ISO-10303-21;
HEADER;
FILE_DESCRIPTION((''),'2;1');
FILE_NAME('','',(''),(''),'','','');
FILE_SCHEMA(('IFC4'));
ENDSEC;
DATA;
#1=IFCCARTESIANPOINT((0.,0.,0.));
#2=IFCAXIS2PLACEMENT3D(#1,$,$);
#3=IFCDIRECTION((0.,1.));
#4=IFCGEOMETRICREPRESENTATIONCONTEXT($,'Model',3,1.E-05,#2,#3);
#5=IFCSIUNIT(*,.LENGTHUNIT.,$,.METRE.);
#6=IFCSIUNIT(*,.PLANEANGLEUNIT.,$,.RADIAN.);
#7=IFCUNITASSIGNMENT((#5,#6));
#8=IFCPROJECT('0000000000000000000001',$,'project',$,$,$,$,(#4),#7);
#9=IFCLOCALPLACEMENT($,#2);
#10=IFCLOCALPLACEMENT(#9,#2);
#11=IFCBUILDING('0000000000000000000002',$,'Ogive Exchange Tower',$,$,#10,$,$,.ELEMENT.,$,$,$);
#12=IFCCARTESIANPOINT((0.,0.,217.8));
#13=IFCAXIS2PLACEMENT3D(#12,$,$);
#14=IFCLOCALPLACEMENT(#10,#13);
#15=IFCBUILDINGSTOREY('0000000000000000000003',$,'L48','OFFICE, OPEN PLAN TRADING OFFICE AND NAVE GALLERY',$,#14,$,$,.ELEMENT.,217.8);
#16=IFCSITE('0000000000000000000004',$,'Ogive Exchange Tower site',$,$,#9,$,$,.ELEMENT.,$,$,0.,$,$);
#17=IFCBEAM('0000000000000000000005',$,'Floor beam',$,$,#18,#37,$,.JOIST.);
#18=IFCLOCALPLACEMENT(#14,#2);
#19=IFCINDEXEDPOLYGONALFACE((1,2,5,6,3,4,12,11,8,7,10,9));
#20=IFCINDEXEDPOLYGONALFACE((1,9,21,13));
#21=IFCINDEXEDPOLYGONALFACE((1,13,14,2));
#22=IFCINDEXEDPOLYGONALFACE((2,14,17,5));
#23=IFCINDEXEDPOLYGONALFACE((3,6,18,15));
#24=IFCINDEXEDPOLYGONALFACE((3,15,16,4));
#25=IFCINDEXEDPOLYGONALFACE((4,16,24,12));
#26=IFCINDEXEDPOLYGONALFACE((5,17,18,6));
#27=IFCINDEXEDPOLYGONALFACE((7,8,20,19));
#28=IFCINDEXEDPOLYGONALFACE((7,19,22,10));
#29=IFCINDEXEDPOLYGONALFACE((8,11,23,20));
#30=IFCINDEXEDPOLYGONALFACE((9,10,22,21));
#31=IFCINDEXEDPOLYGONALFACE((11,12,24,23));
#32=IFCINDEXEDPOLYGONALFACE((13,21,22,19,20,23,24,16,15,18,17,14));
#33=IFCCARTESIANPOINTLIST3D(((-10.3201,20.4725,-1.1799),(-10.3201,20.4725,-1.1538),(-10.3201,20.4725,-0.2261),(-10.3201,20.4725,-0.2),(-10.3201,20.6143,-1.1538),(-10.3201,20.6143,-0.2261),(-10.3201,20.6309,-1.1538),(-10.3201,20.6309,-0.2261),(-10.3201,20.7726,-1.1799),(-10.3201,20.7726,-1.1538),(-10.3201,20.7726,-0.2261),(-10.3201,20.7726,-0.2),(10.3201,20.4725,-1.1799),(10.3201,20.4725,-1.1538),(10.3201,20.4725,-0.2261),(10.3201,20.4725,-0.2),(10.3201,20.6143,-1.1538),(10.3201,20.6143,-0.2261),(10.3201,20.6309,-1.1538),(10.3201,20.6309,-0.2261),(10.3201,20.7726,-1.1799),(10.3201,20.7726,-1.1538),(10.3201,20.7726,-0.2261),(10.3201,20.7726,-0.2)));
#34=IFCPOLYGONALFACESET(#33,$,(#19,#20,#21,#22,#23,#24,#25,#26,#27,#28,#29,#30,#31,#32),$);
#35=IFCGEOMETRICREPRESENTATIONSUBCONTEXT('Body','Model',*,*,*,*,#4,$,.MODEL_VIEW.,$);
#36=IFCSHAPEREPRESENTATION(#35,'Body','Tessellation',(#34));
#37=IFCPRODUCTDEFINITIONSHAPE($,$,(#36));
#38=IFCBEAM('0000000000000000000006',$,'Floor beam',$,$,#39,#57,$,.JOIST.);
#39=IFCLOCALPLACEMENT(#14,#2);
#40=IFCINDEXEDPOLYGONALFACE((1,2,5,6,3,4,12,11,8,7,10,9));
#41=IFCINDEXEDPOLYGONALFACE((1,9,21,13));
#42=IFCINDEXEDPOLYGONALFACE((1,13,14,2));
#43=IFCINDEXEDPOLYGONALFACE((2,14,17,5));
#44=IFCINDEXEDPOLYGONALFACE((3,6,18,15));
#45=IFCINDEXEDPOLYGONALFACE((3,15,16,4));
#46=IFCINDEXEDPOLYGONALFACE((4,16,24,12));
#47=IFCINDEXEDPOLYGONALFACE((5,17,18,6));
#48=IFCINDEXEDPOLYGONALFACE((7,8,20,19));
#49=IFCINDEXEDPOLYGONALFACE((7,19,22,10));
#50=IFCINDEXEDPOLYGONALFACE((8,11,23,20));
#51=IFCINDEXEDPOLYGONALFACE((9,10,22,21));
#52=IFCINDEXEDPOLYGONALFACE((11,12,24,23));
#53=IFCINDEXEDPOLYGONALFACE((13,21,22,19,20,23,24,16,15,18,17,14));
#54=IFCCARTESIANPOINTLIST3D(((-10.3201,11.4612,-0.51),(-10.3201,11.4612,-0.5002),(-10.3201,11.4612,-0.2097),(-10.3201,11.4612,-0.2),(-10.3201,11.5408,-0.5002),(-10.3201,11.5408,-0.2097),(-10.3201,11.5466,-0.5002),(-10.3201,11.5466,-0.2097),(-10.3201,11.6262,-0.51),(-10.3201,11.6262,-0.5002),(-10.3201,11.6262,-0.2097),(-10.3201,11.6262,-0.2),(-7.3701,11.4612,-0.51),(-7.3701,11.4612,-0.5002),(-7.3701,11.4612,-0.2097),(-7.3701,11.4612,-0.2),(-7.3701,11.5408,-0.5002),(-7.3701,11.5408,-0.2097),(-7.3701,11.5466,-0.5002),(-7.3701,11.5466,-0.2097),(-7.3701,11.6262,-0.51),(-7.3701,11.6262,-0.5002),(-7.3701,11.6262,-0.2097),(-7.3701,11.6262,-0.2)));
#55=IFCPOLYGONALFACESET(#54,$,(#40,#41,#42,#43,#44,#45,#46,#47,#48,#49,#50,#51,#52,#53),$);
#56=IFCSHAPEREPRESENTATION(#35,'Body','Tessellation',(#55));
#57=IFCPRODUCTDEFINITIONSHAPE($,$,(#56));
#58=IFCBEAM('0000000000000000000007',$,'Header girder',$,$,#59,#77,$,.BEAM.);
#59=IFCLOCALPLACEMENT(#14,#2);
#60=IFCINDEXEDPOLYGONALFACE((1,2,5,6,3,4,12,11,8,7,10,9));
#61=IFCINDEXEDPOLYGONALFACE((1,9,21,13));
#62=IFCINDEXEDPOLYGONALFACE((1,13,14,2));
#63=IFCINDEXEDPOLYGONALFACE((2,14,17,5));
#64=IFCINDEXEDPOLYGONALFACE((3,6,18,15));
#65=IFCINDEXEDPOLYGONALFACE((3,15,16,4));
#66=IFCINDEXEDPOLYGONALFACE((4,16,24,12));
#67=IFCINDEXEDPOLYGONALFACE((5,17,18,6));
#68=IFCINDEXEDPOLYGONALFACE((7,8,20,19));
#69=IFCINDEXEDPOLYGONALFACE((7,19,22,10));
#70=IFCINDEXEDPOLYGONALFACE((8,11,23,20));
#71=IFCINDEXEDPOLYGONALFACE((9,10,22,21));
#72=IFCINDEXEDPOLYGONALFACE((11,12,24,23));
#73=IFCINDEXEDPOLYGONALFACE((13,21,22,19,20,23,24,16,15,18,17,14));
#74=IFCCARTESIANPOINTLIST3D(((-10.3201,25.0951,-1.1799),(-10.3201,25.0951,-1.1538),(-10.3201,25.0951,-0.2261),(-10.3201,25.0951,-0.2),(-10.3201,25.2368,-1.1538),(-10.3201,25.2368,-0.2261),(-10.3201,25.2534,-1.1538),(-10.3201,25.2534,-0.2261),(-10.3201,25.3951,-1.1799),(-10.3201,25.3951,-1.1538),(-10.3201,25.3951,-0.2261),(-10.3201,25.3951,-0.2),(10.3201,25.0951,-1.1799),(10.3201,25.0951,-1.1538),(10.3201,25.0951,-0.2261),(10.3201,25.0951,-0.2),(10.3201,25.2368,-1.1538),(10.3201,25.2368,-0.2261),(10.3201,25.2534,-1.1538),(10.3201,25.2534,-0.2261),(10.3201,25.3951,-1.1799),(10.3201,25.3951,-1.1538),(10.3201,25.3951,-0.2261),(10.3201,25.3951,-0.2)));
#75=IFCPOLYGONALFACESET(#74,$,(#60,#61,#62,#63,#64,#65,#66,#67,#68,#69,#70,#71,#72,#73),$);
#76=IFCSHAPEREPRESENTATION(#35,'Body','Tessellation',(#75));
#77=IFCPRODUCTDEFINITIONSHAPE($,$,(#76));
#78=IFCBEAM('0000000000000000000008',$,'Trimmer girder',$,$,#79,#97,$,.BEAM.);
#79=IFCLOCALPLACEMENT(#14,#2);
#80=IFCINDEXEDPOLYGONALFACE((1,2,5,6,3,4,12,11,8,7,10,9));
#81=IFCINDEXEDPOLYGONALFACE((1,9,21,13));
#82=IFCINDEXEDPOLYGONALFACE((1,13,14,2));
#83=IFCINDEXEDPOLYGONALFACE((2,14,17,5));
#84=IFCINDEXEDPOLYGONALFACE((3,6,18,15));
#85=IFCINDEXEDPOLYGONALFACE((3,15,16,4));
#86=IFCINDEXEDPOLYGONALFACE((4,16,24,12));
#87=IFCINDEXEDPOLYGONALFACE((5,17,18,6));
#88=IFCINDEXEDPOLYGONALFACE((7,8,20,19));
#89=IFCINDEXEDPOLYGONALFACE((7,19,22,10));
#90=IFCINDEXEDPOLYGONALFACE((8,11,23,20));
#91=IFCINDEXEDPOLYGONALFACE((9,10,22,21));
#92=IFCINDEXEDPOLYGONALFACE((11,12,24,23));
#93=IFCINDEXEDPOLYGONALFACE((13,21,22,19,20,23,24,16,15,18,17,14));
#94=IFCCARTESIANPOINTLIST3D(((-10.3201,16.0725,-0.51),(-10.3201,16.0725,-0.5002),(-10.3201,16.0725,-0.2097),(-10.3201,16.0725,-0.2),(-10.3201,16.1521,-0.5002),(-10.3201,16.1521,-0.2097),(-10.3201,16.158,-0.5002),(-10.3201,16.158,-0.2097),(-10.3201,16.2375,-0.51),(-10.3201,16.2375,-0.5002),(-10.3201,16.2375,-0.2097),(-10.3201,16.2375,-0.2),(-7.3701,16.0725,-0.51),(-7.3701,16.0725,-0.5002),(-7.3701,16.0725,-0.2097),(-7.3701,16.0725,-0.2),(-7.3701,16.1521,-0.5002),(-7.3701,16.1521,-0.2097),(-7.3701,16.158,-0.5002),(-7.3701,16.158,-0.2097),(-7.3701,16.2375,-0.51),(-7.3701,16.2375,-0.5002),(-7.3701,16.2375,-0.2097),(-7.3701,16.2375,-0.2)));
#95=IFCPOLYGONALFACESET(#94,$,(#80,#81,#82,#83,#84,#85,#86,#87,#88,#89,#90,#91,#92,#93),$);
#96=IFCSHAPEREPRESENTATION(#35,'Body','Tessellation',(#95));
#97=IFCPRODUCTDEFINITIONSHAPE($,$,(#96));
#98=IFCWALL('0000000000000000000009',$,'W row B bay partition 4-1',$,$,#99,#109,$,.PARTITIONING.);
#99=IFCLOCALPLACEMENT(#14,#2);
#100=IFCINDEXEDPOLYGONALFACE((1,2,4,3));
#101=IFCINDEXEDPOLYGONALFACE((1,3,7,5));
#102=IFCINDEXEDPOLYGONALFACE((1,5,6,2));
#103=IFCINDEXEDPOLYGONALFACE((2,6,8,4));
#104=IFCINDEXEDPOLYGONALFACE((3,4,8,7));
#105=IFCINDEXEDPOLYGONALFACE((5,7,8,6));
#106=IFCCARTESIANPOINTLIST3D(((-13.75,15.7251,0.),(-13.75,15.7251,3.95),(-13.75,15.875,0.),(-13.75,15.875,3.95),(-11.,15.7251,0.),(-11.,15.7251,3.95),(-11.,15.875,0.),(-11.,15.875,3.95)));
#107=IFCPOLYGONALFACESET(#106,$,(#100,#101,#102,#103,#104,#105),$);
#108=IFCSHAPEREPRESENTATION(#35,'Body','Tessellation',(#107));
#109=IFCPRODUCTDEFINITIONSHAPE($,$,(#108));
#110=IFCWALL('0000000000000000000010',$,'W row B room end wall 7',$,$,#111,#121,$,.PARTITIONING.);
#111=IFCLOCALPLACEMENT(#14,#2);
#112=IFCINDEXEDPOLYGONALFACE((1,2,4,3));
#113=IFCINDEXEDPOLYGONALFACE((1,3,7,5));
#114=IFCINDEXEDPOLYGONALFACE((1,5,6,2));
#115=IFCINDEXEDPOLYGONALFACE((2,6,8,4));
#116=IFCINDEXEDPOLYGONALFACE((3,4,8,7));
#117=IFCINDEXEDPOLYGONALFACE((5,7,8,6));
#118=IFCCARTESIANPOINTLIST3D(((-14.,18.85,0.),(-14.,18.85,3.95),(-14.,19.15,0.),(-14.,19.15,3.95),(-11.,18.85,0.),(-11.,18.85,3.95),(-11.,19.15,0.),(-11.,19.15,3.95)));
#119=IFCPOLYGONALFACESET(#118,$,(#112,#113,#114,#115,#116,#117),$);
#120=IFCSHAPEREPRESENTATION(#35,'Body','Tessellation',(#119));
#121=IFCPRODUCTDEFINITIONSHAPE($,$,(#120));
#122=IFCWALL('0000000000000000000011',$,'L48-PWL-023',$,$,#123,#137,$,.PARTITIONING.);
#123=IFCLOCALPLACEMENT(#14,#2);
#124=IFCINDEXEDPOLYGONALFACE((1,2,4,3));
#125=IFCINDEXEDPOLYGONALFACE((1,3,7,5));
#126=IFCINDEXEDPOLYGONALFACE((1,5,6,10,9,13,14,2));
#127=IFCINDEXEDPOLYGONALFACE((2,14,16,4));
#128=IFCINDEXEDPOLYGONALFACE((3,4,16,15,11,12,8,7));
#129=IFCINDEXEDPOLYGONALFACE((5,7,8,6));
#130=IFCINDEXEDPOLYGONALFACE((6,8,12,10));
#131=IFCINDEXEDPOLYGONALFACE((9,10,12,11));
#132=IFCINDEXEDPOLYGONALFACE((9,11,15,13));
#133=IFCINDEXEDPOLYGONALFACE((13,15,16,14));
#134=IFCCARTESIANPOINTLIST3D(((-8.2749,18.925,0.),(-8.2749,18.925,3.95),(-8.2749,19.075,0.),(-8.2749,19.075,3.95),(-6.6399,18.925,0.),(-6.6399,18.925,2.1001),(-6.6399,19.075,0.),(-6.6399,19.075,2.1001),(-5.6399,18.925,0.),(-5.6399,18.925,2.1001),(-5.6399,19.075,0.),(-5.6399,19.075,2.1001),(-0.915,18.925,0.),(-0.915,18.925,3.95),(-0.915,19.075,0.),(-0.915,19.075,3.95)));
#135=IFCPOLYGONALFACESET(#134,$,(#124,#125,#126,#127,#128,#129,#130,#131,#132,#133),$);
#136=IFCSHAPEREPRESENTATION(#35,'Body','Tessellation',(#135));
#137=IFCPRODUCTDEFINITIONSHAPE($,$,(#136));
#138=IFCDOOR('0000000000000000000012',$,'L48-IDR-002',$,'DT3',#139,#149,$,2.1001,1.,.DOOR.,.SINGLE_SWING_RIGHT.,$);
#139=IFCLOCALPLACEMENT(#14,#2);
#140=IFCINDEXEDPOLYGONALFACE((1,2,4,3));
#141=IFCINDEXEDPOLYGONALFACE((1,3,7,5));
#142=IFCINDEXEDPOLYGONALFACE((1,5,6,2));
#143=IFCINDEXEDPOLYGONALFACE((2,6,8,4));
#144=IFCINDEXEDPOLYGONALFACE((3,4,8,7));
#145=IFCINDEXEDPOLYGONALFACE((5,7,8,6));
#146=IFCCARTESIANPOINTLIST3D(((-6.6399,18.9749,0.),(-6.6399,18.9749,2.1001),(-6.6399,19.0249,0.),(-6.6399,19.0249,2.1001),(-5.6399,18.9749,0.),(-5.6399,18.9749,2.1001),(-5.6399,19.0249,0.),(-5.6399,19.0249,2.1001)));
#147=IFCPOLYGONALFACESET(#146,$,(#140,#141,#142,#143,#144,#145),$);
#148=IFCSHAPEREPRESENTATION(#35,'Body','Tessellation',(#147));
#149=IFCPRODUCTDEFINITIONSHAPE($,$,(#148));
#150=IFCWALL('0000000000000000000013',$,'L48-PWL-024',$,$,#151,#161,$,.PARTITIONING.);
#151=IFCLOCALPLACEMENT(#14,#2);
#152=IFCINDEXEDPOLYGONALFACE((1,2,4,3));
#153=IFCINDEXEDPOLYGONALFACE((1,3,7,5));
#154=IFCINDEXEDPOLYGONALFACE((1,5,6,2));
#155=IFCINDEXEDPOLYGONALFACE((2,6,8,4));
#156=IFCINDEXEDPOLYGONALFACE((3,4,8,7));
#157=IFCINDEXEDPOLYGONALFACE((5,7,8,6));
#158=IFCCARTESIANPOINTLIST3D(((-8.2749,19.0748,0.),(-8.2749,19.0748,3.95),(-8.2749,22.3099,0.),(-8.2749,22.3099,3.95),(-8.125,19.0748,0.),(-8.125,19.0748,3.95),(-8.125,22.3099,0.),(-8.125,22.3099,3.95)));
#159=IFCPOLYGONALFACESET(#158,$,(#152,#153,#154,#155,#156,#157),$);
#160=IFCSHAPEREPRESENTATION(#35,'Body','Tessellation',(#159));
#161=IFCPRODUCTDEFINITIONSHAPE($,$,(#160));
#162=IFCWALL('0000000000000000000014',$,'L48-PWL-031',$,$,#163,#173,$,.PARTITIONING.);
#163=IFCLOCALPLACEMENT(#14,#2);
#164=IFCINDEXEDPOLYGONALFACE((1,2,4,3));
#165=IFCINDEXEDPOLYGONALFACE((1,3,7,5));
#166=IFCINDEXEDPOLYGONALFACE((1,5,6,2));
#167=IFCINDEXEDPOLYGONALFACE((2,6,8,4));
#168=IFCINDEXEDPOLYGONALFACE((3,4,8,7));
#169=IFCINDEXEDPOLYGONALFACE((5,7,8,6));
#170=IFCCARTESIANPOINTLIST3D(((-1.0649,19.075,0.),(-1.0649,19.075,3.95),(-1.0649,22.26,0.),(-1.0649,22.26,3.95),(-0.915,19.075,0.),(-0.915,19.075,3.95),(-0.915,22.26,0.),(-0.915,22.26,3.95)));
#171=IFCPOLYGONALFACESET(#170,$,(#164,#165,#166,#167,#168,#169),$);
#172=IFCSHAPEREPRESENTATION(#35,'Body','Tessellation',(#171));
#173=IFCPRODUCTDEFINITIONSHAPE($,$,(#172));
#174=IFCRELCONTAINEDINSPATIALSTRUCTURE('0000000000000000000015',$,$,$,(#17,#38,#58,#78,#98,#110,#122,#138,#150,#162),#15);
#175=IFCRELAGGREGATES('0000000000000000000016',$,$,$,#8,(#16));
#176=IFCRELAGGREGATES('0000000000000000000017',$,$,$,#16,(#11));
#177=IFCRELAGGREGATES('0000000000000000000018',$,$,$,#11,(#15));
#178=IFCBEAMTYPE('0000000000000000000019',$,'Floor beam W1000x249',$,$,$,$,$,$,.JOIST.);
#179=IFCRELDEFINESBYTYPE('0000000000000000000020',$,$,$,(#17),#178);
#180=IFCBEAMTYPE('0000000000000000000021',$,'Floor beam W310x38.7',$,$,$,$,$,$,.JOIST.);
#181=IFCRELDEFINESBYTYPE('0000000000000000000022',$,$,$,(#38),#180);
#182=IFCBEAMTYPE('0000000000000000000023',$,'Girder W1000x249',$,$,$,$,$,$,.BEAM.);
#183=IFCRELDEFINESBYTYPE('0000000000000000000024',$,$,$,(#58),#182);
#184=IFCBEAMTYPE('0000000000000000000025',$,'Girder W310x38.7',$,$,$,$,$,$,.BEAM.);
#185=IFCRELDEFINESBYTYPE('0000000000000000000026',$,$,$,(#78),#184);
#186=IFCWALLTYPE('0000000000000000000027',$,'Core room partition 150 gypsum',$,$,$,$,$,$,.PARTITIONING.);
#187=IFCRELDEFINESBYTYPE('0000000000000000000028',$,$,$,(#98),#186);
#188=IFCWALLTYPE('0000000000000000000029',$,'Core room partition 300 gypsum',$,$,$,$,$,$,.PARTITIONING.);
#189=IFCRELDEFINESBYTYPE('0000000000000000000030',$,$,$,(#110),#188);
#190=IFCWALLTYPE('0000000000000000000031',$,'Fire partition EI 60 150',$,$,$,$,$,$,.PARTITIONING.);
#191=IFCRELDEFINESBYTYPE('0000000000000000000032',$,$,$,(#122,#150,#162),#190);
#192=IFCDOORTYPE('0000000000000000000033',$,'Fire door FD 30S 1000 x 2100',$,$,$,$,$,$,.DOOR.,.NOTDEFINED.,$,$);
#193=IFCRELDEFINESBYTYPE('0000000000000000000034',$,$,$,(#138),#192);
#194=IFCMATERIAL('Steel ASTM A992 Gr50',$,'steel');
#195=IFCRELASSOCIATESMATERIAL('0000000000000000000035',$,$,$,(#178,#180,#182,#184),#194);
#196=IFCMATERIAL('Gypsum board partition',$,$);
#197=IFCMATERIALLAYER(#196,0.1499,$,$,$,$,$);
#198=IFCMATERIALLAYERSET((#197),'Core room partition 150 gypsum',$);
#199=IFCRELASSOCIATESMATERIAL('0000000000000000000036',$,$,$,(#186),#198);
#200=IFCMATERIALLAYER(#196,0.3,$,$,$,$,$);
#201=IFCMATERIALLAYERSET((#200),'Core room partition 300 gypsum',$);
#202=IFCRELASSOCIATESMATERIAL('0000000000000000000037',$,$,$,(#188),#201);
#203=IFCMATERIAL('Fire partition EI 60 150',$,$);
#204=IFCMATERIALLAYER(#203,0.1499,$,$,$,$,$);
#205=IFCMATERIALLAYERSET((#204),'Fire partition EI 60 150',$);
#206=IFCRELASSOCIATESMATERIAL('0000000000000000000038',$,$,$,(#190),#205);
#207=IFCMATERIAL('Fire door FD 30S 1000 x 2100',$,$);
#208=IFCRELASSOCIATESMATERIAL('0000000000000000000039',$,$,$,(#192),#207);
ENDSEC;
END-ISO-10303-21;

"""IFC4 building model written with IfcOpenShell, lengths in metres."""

from ifc_helpers import new_model, si_unit, direction, frame, frame_2d, origin, origin_2d, place, context, subcontext, project, spatial, rectangle, i_section, extrude, material, layer, layer_set, material_profile, profile_set, type_object, element, fill, save


model = new_model("IFC4")

# Units and contexts
model_context = context("Model", 3, precision=1e-05, world=origin(), true_north=direction((0.0, 1.0)))
body_context = subcontext(model_context, "Body", "Model", "MODEL_VIEW")
ifc_project = project(units=[si_unit("LENGTHUNIT", "METRE"), si_unit("PLANEANGLEUNIT", "RADIAN")], contexts=[model_context])

# Site, building, storey
site_placement = place(None, origin())
site = spatial("IfcSite", under=ifc_project, at=site_placement, Name="Ogive Exchange Tower site", CompositionType="ELEMENT", RefElevation=0.0)
building_placement = place(site_placement, origin())
building = spatial("IfcBuilding", under=site, at=building_placement, Name="Ogive Exchange Tower", CompositionType="ELEMENT")
storey_placement = place(building_placement, frame((0.0, 0.0, 217.8)))
storey = spatial("IfcBuildingStorey", under=building, at=storey_placement, Name="L48", Description="OFFICE, OPEN PLAN TRADING OFFICE AND NAVE GALLERY", CompositionType="ELEMENT", Elevation=217.8)

# Beams
ifc_material_1 = material(Name="Steel ASTM A992 Gr50", Category="steel")
ifc_material_profile_1 = material_profile(ifc_material_1, i_section(OverallWidth=0.3, OverallDepth=0.98, WebThickness=0.0166, FlangeThickness=0.0261, at=origin_2d()), Name="W1000x249")
ifc_profile_set_1 = profile_set([ifc_material_profile_1], Name="Steel ASTM A992 Gr50")
beam_type_1 = type_object("IfcBeamType", Name="Floor beam W1000x249", PredefinedType="JOIST", material=ifc_profile_set_1)
beam_1_placement = place(storey_placement, frame((-10.3201, 20.6226, -0.6899), z_axis=(1.0, 0.0, 0.0), x_axis=(0.0, 1.0, 0.0)))
element("IfcBeam", 1, at=beam_1_placement, inside=storey, type_object=beam_type_1, Name="Floor beam", PredefinedType="JOIST", context=body_context, shape_type="SweptSolid", body=[
    extrude(i_section(OverallWidth=0.3, OverallDepth=0.98, WebThickness=0.0166, FlangeThickness=0.0261, at=origin_2d()), origin(), (0.0, 0.0, 1.0), 20.6401),
])
ifc_material_profile_2 = material_profile(ifc_material_1, i_section(OverallWidth=0.165, OverallDepth=0.3101, WebThickness=0.0059, FlangeThickness=0.0098, at=origin_2d()), Name="W310x38.7")
ifc_profile_set_2 = profile_set([ifc_material_profile_2], Name="Steel ASTM A992 Gr50")
beam_type_2 = type_object("IfcBeamType", Name="Floor beam W310x38.7", PredefinedType="JOIST", material=ifc_profile_set_2)
beam_2_placement = place(storey_placement, frame((-10.3201, 11.5437, -0.355), z_axis=(1.0, 0.0, 0.0), x_axis=(0.0, 1.0, 0.0)))
element("IfcBeam", 2, at=beam_2_placement, inside=storey, type_object=beam_type_2, Name="Floor beam", PredefinedType="JOIST", context=body_context, shape_type="SweptSolid", body=[
    extrude(i_section(OverallWidth=0.165, OverallDepth=0.3101, WebThickness=0.0059, FlangeThickness=0.0098, at=origin_2d()), origin(), (0.0, 0.0, 1.0), 2.95),
])
ifc_material_profile_3 = material_profile(ifc_material_1, i_section(OverallWidth=0.3, OverallDepth=0.98, WebThickness=0.0166, FlangeThickness=0.0261, at=origin_2d()), Name="W1000x249")
ifc_profile_set_3 = profile_set([ifc_material_profile_3], Name="Steel ASTM A992 Gr50")
beam_type_3 = type_object("IfcBeamType", Name="Girder W1000x249", PredefinedType="BEAM", material=ifc_profile_set_3)
beam_3_placement = place(storey_placement, frame((-10.3201, 25.2451, -0.6899), z_axis=(1.0, 0.0, 0.0), x_axis=(0.0, 1.0, 0.0)))
element("IfcBeam", 3, at=beam_3_placement, inside=storey, type_object=beam_type_3, Name="Header girder", PredefinedType="BEAM", context=body_context, shape_type="SweptSolid", body=[
    extrude(i_section(OverallWidth=0.3, OverallDepth=0.98, WebThickness=0.0166, FlangeThickness=0.0261, at=origin_2d()), origin(), (0.0, 0.0, 1.0), 20.6401),
])
ifc_material_profile_4 = material_profile(ifc_material_1, i_section(OverallWidth=0.165, OverallDepth=0.3101, WebThickness=0.0059, FlangeThickness=0.0098, at=origin_2d()), Name="W310x38.7")
ifc_profile_set_4 = profile_set([ifc_material_profile_4], Name="Steel ASTM A992 Gr50")
beam_type_4 = type_object("IfcBeamType", Name="Girder W310x38.7", PredefinedType="BEAM", material=ifc_profile_set_4)
beam_4_placement = place(storey_placement, frame((-10.3201, 16.155, -0.355), z_axis=(1.0, 0.0, 0.0), x_axis=(0.0, 1.0, 0.0)))
element("IfcBeam", 4, at=beam_4_placement, inside=storey, type_object=beam_type_4, Name="Trimmer girder", PredefinedType="BEAM", context=body_context, shape_type="SweptSolid", body=[
    extrude(i_section(OverallWidth=0.165, OverallDepth=0.3101, WebThickness=0.0059, FlangeThickness=0.0098, at=origin_2d()), origin(), (0.0, 0.0, 1.0), 2.95),
])

# Walls
ifc_material_2 = material(Name="Gypsum board partition")
ifc_layer_1 = layer(ifc_material_2, 0.1499)
ifc_layer_set_1 = layer_set([ifc_layer_1], Name="Core room partition 150 gypsum")
wall_type_1 = type_object("IfcWallType", Name="Core room partition 150 gypsum", PredefinedType="PARTITIONING", material=ifc_layer_set_1)
wall_1_placement = place(storey_placement, frame((-13.75, 15.8, 0.0), z_axis=(0.0, 0.0, 1.0), x_axis=(1.0, 0.0, 0.0)))
element("IfcWall", 5, at=wall_1_placement, inside=storey, type_object=wall_type_1, Name="W row B bay partition 4-1", PredefinedType="PARTITIONING", context=body_context, shape_type="SweptSolid", body=[
    extrude(rectangle(XDim=2.75, YDim=0.1499, at=frame_2d((1.375, 0.0))), origin(), (0.0, 0.0, 1.0), 3.95),
])
ifc_layer_2 = layer(ifc_material_2, 0.3)
ifc_layer_set_2 = layer_set([ifc_layer_2], Name="Core room partition 300 gypsum")
wall_type_2 = type_object("IfcWallType", Name="Core room partition 300 gypsum", PredefinedType="PARTITIONING", material=ifc_layer_set_2)
wall_2_placement = place(storey_placement, frame((-14.0, 19.0, 0.0), z_axis=(0.0, 0.0, 1.0), x_axis=(1.0, 0.0, 0.0)))
element("IfcWall", 6, at=wall_2_placement, inside=storey, type_object=wall_type_2, Name="W row B room end wall 7", PredefinedType="PARTITIONING", context=body_context, shape_type="SweptSolid", body=[
    extrude(rectangle(XDim=3.0, YDim=0.3, at=frame_2d((1.5, 0.0))), origin(), (0.0, 0.0, 1.0), 3.95),
])

# Wall, opening, door
ifc_material_3 = material(Name="Fire partition EI 60 150")
ifc_layer_3 = layer(ifc_material_3, 0.1499)
ifc_layer_set_3 = layer_set([ifc_layer_3], Name="Fire partition EI 60 150")
wall_type_3 = type_object("IfcWallType", Name="Fire partition EI 60 150", PredefinedType="PARTITIONING", material=ifc_layer_set_3)
wall_3_placement = place(storey_placement, frame((-8.2749, 19.0, 0.0), z_axis=(0.0, 0.0, 1.0), x_axis=(1.0, 0.0, 0.0)))
wall_3 = element("IfcWall", 7, at=wall_3_placement, inside=storey, type_object=wall_type_3, Name="L48-PWL-023", PredefinedType="PARTITIONING", context=body_context, shape_type="SweptSolid", body=[
    extrude(rectangle(XDim=7.3599, YDim=0.1499, at=frame_2d((3.6799, 0.0))), origin(), (0.0, 0.0, 1.0), 3.95),
])
opening_1_placement = place(wall_3_placement, frame((1.635, 0.0, 0.0)))
opening_1 = element("IfcOpeningElement", 8, at=opening_1_placement, cuts=wall_3, PredefinedType="OPENING", context=body_context, shape_type="SweptSolid", body=[
    extrude(rectangle(XDim=1.0, YDim=2.1001, at=frame_2d((0.5, 1.05))), frame((0.0, 0.085, 0.0), z_axis=(0.0, -1.0, 0.0), x_axis=(1.0, 0.0, 0.0)), (0.0, 0.0, 1.0), 0.1699),
])
ifc_material_4 = material(Name="Fire door FD 30S 1000 x 2100")
door_type_1 = type_object("IfcDoorType", Name="Fire door FD 30S 1000 x 2100", OperationType="NOTDEFINED", PredefinedType="DOOR", material=ifc_material_4)
door_1_placement = place(opening_1_placement, origin())
door_1 = element("IfcDoor", 9, at=door_1_placement, inside=storey, type_object=door_type_1, Name="L48-IDR-002", ObjectType="DT3", OperationType="SINGLE_SWING_RIGHT", OverallHeight=2.1001, OverallWidth=1.0, PredefinedType="DOOR", context=body_context, shape_type="SweptSolid", body=[
    extrude(rectangle(XDim=1.0, YDim=2.1001, at=frame_2d((0.5, 1.05))), frame((0.0, 0.0249, 0.0), z_axis=(0.0, -1.0, 0.0), x_axis=(1.0, 0.0, 0.0)), (0.0, 0.0, 1.0), 0.05),
])
fill(opening_1, door_1)

# Walls
wall_4_placement = place(storey_placement, frame((-8.2, 22.3101, 0.0), z_axis=(0.0, 0.0, 1.0), x_axis=(0.0, -1.0, 0.0)))
element("IfcWall", 10, at=wall_4_placement, inside=storey, type_object=wall_type_3, Name="L48-PWL-024", PredefinedType="PARTITIONING", context=body_context, shape_type="SweptSolid", body=[
    extrude(rectangle(XDim=3.2351, YDim=0.1499, at=frame_2d((1.6177, 0.0))), origin(), (0.0, 0.0, 1.0), 3.95),
])
wall_5_placement = place(storey_placement, frame((-0.99, 19.075, 0.0), z_axis=(0.0, 0.0, 1.0), x_axis=(0.0, 1.0, 0.0)))
element("IfcWall", 11, at=wall_5_placement, inside=storey, type_object=wall_type_3, Name="L48-PWL-031", PredefinedType="PARTITIONING", context=body_context, shape_type="SweptSolid", body=[
    extrude(rectangle(XDim=3.1851, YDim=0.1499, at=frame_2d((1.5925, 0.0))), origin(), (0.0, 0.0, 1.0), 3.95),
])

save(model, "model.ifc")
